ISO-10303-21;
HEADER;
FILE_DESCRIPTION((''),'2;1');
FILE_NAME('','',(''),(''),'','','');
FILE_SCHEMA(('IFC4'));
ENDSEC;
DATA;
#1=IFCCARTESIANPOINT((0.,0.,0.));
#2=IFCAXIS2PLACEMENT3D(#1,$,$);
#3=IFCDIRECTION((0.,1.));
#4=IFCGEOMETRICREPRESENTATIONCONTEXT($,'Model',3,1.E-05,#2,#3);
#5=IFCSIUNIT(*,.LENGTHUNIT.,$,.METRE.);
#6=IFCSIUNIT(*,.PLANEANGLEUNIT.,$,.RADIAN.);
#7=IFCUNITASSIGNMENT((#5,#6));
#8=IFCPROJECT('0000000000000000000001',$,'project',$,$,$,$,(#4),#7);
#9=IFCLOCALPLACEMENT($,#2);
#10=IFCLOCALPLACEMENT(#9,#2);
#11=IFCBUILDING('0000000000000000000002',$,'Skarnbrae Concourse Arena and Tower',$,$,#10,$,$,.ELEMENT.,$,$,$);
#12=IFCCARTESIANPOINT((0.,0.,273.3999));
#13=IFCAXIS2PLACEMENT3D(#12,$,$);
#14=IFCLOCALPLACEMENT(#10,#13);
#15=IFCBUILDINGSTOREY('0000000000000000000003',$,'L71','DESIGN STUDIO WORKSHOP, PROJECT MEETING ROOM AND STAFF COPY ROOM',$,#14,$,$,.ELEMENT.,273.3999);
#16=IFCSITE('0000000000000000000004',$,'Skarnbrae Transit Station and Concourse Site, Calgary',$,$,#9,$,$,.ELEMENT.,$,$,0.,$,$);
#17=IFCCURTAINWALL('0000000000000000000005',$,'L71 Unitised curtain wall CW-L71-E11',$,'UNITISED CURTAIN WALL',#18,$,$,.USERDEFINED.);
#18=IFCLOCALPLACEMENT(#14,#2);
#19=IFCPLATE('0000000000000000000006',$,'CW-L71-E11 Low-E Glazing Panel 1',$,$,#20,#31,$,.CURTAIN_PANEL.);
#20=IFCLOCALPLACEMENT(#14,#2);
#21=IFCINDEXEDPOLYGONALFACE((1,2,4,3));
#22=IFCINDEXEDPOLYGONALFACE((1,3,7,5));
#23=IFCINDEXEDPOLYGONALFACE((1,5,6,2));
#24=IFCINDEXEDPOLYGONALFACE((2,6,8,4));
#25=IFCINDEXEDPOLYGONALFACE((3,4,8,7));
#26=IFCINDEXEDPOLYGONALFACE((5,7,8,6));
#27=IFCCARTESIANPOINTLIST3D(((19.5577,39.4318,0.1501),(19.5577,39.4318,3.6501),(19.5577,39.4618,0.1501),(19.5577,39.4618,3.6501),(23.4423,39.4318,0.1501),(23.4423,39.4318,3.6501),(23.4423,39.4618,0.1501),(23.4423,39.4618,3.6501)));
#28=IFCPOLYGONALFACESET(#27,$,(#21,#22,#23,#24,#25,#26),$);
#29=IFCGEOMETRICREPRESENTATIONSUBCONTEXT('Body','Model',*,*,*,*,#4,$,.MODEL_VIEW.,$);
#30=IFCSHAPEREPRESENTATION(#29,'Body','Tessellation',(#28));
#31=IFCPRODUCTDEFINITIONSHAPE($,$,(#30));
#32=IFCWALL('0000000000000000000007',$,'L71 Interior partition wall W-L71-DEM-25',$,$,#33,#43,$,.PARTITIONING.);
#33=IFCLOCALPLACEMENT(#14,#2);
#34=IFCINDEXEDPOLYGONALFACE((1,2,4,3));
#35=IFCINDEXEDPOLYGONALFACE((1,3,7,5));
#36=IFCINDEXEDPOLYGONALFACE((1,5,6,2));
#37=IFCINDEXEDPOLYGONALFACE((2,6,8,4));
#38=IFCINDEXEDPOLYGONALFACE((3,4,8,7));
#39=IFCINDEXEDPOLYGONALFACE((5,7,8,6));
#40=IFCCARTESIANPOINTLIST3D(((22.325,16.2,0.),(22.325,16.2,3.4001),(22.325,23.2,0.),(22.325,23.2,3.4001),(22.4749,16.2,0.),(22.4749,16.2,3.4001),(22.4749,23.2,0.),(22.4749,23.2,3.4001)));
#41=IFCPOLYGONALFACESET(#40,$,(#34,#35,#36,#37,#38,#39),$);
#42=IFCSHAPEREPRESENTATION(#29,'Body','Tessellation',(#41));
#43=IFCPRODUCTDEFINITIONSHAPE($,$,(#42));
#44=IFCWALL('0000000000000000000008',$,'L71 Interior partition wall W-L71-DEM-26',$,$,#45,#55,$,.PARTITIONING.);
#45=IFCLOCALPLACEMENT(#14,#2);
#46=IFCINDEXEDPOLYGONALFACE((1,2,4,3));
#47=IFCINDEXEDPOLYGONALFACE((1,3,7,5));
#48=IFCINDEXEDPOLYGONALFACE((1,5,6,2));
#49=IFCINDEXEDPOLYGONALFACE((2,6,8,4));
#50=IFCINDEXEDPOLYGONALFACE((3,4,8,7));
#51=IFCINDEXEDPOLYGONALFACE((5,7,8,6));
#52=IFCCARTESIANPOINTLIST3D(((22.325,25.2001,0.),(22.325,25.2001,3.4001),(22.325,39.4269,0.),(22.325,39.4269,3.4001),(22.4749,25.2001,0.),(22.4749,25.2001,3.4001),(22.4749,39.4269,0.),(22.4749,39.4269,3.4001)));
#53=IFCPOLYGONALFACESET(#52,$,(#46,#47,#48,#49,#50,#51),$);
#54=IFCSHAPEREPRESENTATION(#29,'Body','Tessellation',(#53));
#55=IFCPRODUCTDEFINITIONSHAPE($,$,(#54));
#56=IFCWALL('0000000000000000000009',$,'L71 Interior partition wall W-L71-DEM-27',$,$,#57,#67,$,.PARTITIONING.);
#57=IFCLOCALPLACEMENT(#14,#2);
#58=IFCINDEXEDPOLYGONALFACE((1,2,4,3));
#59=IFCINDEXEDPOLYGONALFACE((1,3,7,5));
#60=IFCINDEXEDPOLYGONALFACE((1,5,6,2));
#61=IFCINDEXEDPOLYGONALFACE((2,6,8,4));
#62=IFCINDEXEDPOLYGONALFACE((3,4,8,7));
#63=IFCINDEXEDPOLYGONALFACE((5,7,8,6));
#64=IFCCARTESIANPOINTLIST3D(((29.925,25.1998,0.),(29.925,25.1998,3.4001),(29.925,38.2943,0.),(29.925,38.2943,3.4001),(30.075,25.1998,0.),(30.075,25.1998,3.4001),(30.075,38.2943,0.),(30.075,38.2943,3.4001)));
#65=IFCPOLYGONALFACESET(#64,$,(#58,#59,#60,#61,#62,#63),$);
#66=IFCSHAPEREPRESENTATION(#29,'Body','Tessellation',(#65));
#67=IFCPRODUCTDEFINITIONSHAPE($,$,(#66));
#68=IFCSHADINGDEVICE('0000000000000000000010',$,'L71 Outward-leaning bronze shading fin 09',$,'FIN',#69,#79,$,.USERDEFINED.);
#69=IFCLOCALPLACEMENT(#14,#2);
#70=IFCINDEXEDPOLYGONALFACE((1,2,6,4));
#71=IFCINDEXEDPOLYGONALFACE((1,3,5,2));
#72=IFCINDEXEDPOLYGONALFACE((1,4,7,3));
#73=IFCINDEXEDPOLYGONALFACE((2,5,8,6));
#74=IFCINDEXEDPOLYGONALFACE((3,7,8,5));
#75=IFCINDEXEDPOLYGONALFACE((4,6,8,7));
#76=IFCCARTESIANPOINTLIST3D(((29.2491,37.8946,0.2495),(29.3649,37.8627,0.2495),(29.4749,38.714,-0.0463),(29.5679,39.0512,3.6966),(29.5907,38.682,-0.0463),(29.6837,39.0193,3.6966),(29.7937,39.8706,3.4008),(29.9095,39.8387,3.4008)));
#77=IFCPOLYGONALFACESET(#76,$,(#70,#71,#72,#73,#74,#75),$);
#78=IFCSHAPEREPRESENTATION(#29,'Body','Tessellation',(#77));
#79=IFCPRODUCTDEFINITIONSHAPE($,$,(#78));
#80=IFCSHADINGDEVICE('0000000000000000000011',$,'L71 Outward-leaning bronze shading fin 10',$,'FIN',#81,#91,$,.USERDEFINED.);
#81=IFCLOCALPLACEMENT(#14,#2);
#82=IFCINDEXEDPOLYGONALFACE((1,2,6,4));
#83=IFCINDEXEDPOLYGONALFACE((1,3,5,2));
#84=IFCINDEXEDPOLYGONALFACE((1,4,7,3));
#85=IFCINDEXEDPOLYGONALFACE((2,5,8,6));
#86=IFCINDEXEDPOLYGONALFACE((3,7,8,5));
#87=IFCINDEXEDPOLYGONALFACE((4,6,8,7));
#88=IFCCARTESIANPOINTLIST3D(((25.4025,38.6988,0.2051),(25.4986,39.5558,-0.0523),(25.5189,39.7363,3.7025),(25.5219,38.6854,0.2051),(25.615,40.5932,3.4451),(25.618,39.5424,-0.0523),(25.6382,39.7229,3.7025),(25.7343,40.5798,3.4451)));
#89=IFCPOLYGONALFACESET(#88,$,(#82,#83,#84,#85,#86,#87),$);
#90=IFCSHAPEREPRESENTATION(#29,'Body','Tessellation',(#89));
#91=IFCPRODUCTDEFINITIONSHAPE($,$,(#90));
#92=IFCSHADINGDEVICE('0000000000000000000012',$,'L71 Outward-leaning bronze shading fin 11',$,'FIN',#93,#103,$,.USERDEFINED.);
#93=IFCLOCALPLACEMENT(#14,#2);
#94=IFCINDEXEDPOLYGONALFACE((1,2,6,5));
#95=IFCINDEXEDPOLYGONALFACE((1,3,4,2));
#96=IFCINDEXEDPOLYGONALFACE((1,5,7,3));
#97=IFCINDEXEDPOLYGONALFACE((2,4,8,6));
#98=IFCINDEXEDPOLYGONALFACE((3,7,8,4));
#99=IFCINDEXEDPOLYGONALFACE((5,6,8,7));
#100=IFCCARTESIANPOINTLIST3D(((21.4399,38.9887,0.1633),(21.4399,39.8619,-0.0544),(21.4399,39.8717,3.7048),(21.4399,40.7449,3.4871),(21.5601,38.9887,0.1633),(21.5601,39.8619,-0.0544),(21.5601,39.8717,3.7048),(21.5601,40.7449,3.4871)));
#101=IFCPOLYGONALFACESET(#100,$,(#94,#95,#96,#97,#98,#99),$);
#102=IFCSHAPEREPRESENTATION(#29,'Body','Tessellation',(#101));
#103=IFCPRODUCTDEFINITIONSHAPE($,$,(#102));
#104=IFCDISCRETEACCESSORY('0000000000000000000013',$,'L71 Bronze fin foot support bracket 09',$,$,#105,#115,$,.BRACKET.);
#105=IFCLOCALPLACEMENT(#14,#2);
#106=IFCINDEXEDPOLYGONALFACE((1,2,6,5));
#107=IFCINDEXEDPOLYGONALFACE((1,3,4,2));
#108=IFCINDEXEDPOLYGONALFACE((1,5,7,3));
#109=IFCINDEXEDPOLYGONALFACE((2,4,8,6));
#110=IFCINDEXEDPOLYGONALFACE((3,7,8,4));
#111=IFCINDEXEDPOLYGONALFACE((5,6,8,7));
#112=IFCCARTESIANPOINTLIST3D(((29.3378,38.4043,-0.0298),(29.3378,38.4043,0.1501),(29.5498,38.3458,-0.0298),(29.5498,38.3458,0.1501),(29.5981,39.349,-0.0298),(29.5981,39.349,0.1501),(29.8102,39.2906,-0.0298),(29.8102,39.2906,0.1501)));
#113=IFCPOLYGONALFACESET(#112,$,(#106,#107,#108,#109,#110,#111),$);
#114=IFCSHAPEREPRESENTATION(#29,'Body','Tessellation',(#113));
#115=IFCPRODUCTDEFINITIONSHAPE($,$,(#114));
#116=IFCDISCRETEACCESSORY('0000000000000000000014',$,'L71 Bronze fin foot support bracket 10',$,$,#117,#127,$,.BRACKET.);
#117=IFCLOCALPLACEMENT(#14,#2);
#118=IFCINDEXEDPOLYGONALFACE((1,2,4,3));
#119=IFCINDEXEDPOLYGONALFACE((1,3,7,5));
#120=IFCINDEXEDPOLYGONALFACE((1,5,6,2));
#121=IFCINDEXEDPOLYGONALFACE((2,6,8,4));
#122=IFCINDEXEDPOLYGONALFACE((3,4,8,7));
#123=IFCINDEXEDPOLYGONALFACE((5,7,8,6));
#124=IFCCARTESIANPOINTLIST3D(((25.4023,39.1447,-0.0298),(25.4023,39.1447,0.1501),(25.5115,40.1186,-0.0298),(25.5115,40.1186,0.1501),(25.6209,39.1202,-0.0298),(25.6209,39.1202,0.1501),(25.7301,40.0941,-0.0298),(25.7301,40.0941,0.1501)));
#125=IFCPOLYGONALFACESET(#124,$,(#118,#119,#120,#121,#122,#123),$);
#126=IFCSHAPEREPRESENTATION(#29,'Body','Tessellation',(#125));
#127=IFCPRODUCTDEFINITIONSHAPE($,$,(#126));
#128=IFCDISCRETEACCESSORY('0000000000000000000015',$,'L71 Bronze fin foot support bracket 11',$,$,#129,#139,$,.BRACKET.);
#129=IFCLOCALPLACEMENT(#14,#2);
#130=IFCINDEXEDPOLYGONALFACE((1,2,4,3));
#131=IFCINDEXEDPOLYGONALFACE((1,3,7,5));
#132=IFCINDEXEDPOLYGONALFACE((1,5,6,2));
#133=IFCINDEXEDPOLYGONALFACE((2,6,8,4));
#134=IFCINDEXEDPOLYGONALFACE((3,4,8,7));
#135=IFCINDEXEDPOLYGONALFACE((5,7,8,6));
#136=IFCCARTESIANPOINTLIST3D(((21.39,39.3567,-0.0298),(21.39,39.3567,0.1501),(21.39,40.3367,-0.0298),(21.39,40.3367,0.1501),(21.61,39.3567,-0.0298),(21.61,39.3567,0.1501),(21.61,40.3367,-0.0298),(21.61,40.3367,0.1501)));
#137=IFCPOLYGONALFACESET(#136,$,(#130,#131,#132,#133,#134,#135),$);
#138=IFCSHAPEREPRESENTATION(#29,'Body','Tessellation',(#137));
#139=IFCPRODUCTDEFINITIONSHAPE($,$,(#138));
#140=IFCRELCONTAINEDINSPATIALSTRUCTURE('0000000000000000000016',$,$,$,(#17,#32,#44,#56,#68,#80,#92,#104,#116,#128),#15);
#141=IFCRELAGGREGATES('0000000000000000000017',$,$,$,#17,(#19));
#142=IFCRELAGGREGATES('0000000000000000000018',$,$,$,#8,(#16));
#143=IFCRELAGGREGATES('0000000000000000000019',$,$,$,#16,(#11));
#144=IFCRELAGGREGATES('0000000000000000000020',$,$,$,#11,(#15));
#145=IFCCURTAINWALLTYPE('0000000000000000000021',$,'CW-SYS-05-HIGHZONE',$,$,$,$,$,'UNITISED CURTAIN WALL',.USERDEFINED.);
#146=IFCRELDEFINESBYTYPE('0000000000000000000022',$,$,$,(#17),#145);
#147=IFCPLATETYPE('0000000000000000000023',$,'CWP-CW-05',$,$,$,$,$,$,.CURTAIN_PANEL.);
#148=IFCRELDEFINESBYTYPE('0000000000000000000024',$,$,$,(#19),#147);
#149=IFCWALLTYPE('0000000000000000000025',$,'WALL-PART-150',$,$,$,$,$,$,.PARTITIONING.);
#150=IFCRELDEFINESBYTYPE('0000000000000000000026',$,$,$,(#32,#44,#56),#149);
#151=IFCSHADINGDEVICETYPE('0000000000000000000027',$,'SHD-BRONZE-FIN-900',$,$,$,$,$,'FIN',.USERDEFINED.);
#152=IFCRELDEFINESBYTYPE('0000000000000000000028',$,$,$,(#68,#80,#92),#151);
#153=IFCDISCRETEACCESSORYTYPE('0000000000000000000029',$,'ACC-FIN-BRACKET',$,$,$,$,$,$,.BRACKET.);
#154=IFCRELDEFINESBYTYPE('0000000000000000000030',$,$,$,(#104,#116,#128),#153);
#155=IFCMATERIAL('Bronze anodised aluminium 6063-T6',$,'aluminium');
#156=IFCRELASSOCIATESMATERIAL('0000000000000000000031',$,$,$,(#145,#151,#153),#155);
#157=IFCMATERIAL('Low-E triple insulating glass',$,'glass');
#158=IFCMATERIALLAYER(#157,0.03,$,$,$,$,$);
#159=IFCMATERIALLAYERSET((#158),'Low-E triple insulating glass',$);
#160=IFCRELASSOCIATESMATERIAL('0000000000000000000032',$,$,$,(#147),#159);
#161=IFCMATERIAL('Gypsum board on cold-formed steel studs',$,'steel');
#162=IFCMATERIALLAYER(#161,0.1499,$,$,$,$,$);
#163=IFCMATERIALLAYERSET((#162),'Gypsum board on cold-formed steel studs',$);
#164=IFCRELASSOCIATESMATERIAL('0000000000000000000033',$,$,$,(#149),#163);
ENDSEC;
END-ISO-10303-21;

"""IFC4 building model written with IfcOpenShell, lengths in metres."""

from ifc_helpers import new_model, si_unit, direction, frame, frame_2d, origin, origin_2d, place, context, subcontext, project, spatial, rectangle, extrude, source, transform, mapped, material, layer, layer_set, type_object, element, aggregate, save


model = new_model("IFC4")

# Units and contexts
model_context = context("Model", 3, precision=1e-05, world=origin(), true_north=direction((0.0, 1.0)))
body_context = subcontext(model_context, "Body", "Model", "MODEL_VIEW")
ifc_project = project(units=[si_unit("LENGTHUNIT", "METRE"), si_unit("PLANEANGLEUNIT", "RADIAN")], contexts=[model_context])

# Site, building, storey
site_placement = place(None, origin())
site = spatial("IfcSite", under=ifc_project, at=site_placement, Name="Skarnbrae Transit Station and Concourse Site, Calgary", CompositionType="ELEMENT", RefElevation=0.0)
building_placement = place(site_placement, origin())
building = spatial("IfcBuilding", under=site, at=building_placement, Name="Skarnbrae Concourse Arena and Tower", CompositionType="ELEMENT")
storey_placement = place(building_placement, frame((0.0, 0.0, 273.3999)))
storey = spatial("IfcBuildingStorey", under=building, at=storey_placement, Name="L71", Description="DESIGN STUDIO WORKSHOP, PROJECT MEETING ROOM AND STAFF COPY ROOM", CompositionType="ELEMENT", Elevation=273.3999)

# Curtain wall
ifc_material_1 = material(Name="Bronze anodised aluminium 6063-T6", Category="aluminium")
curtain_wall_type = type_object("IfcCurtainWallType", Name="CW-SYS-05-HIGHZONE", ElementType="UNITISED CURTAIN WALL", PredefinedType="USERDEFINED", material=ifc_material_1)
curtain_wall_1_placement = place(storey_placement, origin())
curtain_wall_1 = element("IfcCurtainWall", 1, at=curtain_wall_1_placement, inside=storey, type_object=curtain_wall_type, Name="L71 Unitised curtain wall CW-L71-E11", ObjectType="UNITISED CURTAIN WALL", PredefinedType="USERDEFINED")

# Plate
ifc_material_2 = material(Name="Low-E triple insulating glass", Category="glass")
ifc_layer_1 = layer(ifc_material_2, 0.03)
ifc_layer_set_1 = layer_set([ifc_layer_1], Name="Low-E triple insulating glass")
plate_type = type_object("IfcPlateType", Name="CWP-CW-05", PredefinedType="CURTAIN_PANEL", material=ifc_layer_set_1)
shared_shape_1 = source(origin(), body_context, "Body", "SweptSolid", [
    extrude(rectangle(XDim=3.8845, YDim=0.03, at=origin_2d()), origin(), (0.0, 0.0, 1.0), 3.5),
])
plate_1_placement = place(storey_placement, frame((21.5, 39.4468, 0.1501), z_axis=(0.0, 0.0, 1.0), x_axis=(-1.0, 0.0, 0.0)))
plate_1 = element("IfcPlate", 2, at=plate_1_placement, type_object=plate_type, Name="CW-L71-E11 Low-E Glazing Panel 1", PredefinedType="CURTAIN_PANEL", context=body_context, shape_type="MappedRepresentation", body=[
    mapped(shared_shape_1, transform((0.0, 0.0, 0.0))),
])
aggregate(curtain_wall_1, [plate_1])

# Walls
ifc_material_3 = material(Name="Gypsum board on cold-formed steel studs", Category="steel")
ifc_layer_2 = layer(ifc_material_3, 0.1499)
ifc_layer_set_2 = layer_set([ifc_layer_2], Name="Gypsum board on cold-formed steel studs")
wall_type = type_object("IfcWallType", Name="WALL-PART-150", PredefinedType="PARTITIONING", material=ifc_layer_set_2)
shared_shape_2 = source(origin(), body_context, "Body", "SweptSolid", [
    extrude(rectangle(XDim=7.0, YDim=0.1499, at=frame_2d((3.5, 0.0))), origin(), (0.0, 0.0, 1.0), 3.4001),
])
wall_1_placement = place(storey_placement, frame((22.3999, 23.2, 0.0), z_axis=(0.0, 0.0, 1.0), x_axis=(0.0, -1.0, 0.0)))
element("IfcWall", 3, at=wall_1_placement, inside=storey, type_object=wall_type, Name="L71 Interior partition wall W-L71-DEM-25", PredefinedType="PARTITIONING", context=body_context, shape_type="MappedRepresentation", body=[
    mapped(shared_shape_2, transform((0.0, 0.0, 0.0))),
])
shared_shape_3 = source(origin(), body_context, "Body", "SweptSolid", [
    extrude(rectangle(XDim=14.2268, YDim=0.1499, at=frame_2d((7.1133, 0.0))), origin(), (0.0, 0.0, 1.0), 3.4001),
])
wall_2_placement = place(storey_placement, frame((22.3999, 39.4268, 0.0), z_axis=(0.0, 0.0, 1.0), x_axis=(0.0, -1.0, 0.0)))
element("IfcWall", 4, at=wall_2_placement, inside=storey, type_object=wall_type, Name="L71 Interior partition wall W-L71-DEM-26", PredefinedType="PARTITIONING", context=body_context, shape_type="MappedRepresentation", body=[
    mapped(shared_shape_3, transform((0.0, 0.0, 0.0))),
])
shared_shape_4 = source(origin(), body_context, "Body", "SweptSolid", [
    extrude(rectangle(XDim=13.0945, YDim=0.1499, at=frame_2d((6.5474, 0.0))), origin(), (0.0, 0.0, 1.0), 3.4001),
])
wall_3_placement = place(storey_placement, frame((30.0, 38.2944, 0.0), z_axis=(0.0, 0.0, 1.0), x_axis=(0.0, -1.0, 0.0)))
element("IfcWall", 5, at=wall_3_placement, inside=storey, type_object=wall_type, Name="L71 Interior partition wall W-L71-DEM-27", PredefinedType="PARTITIONING", context=body_context, shape_type="MappedRepresentation", body=[
    mapped(shared_shape_4, transform((0.0, 0.0, 0.0))),
])

# Shading devices
shading_device_type = type_object("IfcShadingDeviceType", Name="SHD-BRONZE-FIN-900", ElementType="FIN", PredefinedType="USERDEFINED", material=ifc_material_1)
shared_shape_5 = source(origin(), body_context, "Body", "SweptSolid", [
    extrude(rectangle(XDim=0.1201, YDim=0.8999, at=origin_2d()), origin(), (0.0, 0.0, 1.0), 3.6499),
])
for number, where, z_axis, x_axis, name in (
    (6, (29.4199, 38.2883, 0.1016), (0.087333, 0.316888, 0.944434), (0.964058, -0.265691, 0.0), "L71 Outward-leaning bronze shading fin 09"),
    (7, (25.5103, 39.1206, 0.0764), (0.031878, 0.284241, 0.958223), (0.99377, -0.111452, 0.0), "L71 Outward-leaning bronze shading fin 10"),
    (8, (21.5, 39.4253, 0.0544), (0.0, 0.241922, 0.970296), (1.0, 0.0, 0.0), "L71 Outward-leaning bronze shading fin 11"),
):
    element("IfcShadingDevice", number, at=place(storey_placement, frame(where, z_axis=z_axis, x_axis=x_axis)), inside=storey, type_object=shading_device_type, Name=name, ObjectType="FIN", PredefinedType="USERDEFINED", context=body_context, shape_type="MappedRepresentation", body=[
        mapped(shared_shape_5, transform((0.0, 0.0, 0.0))),
    ])

# Discrete accessories
discrete_accessory_type = type_object("IfcDiscreteAccessoryType", Name="ACC-FIN-BRACKET", PredefinedType="BRACKET", material=ifc_material_1)
shared_shape_6 = source(origin(), body_context, "Body", "SweptSolid", [
    extrude(rectangle(XDim=0.22, YDim=0.98, at=origin_2d()), origin(), (0.0, 0.0, 1.0), 0.1799),
])
for number, where, z_axis, x_axis, name in (
    (9, (29.574, 38.8474, -0.0298), (0.0, 0.0, 1.0), (0.964058, -0.265691, 0.0), "L71 Bronze fin foot support bracket 09"),
    (10, (25.5662, 39.6194, -0.0298), (0.0, 0.0, 1.0), (0.99377, -0.111452, 0.0), "L71 Bronze fin foot support bracket 10"),
    (11, (21.5, 39.8467, -0.0298), (0.0, 0.0, 1.0), (1.0, 0.0, 0.0), "L71 Bronze fin foot support bracket 11"),
):
    element("IfcDiscreteAccessory", number, at=place(storey_placement, frame(where, z_axis=z_axis, x_axis=x_axis)), inside=storey, type_object=discrete_accessory_type, Name=name, PredefinedType="BRACKET", context=body_context, shape_type="MappedRepresentation", body=[
        mapped(shared_shape_6, transform((0.0, 0.0, 0.0))),
    ])

save(model, "model.ifc")
